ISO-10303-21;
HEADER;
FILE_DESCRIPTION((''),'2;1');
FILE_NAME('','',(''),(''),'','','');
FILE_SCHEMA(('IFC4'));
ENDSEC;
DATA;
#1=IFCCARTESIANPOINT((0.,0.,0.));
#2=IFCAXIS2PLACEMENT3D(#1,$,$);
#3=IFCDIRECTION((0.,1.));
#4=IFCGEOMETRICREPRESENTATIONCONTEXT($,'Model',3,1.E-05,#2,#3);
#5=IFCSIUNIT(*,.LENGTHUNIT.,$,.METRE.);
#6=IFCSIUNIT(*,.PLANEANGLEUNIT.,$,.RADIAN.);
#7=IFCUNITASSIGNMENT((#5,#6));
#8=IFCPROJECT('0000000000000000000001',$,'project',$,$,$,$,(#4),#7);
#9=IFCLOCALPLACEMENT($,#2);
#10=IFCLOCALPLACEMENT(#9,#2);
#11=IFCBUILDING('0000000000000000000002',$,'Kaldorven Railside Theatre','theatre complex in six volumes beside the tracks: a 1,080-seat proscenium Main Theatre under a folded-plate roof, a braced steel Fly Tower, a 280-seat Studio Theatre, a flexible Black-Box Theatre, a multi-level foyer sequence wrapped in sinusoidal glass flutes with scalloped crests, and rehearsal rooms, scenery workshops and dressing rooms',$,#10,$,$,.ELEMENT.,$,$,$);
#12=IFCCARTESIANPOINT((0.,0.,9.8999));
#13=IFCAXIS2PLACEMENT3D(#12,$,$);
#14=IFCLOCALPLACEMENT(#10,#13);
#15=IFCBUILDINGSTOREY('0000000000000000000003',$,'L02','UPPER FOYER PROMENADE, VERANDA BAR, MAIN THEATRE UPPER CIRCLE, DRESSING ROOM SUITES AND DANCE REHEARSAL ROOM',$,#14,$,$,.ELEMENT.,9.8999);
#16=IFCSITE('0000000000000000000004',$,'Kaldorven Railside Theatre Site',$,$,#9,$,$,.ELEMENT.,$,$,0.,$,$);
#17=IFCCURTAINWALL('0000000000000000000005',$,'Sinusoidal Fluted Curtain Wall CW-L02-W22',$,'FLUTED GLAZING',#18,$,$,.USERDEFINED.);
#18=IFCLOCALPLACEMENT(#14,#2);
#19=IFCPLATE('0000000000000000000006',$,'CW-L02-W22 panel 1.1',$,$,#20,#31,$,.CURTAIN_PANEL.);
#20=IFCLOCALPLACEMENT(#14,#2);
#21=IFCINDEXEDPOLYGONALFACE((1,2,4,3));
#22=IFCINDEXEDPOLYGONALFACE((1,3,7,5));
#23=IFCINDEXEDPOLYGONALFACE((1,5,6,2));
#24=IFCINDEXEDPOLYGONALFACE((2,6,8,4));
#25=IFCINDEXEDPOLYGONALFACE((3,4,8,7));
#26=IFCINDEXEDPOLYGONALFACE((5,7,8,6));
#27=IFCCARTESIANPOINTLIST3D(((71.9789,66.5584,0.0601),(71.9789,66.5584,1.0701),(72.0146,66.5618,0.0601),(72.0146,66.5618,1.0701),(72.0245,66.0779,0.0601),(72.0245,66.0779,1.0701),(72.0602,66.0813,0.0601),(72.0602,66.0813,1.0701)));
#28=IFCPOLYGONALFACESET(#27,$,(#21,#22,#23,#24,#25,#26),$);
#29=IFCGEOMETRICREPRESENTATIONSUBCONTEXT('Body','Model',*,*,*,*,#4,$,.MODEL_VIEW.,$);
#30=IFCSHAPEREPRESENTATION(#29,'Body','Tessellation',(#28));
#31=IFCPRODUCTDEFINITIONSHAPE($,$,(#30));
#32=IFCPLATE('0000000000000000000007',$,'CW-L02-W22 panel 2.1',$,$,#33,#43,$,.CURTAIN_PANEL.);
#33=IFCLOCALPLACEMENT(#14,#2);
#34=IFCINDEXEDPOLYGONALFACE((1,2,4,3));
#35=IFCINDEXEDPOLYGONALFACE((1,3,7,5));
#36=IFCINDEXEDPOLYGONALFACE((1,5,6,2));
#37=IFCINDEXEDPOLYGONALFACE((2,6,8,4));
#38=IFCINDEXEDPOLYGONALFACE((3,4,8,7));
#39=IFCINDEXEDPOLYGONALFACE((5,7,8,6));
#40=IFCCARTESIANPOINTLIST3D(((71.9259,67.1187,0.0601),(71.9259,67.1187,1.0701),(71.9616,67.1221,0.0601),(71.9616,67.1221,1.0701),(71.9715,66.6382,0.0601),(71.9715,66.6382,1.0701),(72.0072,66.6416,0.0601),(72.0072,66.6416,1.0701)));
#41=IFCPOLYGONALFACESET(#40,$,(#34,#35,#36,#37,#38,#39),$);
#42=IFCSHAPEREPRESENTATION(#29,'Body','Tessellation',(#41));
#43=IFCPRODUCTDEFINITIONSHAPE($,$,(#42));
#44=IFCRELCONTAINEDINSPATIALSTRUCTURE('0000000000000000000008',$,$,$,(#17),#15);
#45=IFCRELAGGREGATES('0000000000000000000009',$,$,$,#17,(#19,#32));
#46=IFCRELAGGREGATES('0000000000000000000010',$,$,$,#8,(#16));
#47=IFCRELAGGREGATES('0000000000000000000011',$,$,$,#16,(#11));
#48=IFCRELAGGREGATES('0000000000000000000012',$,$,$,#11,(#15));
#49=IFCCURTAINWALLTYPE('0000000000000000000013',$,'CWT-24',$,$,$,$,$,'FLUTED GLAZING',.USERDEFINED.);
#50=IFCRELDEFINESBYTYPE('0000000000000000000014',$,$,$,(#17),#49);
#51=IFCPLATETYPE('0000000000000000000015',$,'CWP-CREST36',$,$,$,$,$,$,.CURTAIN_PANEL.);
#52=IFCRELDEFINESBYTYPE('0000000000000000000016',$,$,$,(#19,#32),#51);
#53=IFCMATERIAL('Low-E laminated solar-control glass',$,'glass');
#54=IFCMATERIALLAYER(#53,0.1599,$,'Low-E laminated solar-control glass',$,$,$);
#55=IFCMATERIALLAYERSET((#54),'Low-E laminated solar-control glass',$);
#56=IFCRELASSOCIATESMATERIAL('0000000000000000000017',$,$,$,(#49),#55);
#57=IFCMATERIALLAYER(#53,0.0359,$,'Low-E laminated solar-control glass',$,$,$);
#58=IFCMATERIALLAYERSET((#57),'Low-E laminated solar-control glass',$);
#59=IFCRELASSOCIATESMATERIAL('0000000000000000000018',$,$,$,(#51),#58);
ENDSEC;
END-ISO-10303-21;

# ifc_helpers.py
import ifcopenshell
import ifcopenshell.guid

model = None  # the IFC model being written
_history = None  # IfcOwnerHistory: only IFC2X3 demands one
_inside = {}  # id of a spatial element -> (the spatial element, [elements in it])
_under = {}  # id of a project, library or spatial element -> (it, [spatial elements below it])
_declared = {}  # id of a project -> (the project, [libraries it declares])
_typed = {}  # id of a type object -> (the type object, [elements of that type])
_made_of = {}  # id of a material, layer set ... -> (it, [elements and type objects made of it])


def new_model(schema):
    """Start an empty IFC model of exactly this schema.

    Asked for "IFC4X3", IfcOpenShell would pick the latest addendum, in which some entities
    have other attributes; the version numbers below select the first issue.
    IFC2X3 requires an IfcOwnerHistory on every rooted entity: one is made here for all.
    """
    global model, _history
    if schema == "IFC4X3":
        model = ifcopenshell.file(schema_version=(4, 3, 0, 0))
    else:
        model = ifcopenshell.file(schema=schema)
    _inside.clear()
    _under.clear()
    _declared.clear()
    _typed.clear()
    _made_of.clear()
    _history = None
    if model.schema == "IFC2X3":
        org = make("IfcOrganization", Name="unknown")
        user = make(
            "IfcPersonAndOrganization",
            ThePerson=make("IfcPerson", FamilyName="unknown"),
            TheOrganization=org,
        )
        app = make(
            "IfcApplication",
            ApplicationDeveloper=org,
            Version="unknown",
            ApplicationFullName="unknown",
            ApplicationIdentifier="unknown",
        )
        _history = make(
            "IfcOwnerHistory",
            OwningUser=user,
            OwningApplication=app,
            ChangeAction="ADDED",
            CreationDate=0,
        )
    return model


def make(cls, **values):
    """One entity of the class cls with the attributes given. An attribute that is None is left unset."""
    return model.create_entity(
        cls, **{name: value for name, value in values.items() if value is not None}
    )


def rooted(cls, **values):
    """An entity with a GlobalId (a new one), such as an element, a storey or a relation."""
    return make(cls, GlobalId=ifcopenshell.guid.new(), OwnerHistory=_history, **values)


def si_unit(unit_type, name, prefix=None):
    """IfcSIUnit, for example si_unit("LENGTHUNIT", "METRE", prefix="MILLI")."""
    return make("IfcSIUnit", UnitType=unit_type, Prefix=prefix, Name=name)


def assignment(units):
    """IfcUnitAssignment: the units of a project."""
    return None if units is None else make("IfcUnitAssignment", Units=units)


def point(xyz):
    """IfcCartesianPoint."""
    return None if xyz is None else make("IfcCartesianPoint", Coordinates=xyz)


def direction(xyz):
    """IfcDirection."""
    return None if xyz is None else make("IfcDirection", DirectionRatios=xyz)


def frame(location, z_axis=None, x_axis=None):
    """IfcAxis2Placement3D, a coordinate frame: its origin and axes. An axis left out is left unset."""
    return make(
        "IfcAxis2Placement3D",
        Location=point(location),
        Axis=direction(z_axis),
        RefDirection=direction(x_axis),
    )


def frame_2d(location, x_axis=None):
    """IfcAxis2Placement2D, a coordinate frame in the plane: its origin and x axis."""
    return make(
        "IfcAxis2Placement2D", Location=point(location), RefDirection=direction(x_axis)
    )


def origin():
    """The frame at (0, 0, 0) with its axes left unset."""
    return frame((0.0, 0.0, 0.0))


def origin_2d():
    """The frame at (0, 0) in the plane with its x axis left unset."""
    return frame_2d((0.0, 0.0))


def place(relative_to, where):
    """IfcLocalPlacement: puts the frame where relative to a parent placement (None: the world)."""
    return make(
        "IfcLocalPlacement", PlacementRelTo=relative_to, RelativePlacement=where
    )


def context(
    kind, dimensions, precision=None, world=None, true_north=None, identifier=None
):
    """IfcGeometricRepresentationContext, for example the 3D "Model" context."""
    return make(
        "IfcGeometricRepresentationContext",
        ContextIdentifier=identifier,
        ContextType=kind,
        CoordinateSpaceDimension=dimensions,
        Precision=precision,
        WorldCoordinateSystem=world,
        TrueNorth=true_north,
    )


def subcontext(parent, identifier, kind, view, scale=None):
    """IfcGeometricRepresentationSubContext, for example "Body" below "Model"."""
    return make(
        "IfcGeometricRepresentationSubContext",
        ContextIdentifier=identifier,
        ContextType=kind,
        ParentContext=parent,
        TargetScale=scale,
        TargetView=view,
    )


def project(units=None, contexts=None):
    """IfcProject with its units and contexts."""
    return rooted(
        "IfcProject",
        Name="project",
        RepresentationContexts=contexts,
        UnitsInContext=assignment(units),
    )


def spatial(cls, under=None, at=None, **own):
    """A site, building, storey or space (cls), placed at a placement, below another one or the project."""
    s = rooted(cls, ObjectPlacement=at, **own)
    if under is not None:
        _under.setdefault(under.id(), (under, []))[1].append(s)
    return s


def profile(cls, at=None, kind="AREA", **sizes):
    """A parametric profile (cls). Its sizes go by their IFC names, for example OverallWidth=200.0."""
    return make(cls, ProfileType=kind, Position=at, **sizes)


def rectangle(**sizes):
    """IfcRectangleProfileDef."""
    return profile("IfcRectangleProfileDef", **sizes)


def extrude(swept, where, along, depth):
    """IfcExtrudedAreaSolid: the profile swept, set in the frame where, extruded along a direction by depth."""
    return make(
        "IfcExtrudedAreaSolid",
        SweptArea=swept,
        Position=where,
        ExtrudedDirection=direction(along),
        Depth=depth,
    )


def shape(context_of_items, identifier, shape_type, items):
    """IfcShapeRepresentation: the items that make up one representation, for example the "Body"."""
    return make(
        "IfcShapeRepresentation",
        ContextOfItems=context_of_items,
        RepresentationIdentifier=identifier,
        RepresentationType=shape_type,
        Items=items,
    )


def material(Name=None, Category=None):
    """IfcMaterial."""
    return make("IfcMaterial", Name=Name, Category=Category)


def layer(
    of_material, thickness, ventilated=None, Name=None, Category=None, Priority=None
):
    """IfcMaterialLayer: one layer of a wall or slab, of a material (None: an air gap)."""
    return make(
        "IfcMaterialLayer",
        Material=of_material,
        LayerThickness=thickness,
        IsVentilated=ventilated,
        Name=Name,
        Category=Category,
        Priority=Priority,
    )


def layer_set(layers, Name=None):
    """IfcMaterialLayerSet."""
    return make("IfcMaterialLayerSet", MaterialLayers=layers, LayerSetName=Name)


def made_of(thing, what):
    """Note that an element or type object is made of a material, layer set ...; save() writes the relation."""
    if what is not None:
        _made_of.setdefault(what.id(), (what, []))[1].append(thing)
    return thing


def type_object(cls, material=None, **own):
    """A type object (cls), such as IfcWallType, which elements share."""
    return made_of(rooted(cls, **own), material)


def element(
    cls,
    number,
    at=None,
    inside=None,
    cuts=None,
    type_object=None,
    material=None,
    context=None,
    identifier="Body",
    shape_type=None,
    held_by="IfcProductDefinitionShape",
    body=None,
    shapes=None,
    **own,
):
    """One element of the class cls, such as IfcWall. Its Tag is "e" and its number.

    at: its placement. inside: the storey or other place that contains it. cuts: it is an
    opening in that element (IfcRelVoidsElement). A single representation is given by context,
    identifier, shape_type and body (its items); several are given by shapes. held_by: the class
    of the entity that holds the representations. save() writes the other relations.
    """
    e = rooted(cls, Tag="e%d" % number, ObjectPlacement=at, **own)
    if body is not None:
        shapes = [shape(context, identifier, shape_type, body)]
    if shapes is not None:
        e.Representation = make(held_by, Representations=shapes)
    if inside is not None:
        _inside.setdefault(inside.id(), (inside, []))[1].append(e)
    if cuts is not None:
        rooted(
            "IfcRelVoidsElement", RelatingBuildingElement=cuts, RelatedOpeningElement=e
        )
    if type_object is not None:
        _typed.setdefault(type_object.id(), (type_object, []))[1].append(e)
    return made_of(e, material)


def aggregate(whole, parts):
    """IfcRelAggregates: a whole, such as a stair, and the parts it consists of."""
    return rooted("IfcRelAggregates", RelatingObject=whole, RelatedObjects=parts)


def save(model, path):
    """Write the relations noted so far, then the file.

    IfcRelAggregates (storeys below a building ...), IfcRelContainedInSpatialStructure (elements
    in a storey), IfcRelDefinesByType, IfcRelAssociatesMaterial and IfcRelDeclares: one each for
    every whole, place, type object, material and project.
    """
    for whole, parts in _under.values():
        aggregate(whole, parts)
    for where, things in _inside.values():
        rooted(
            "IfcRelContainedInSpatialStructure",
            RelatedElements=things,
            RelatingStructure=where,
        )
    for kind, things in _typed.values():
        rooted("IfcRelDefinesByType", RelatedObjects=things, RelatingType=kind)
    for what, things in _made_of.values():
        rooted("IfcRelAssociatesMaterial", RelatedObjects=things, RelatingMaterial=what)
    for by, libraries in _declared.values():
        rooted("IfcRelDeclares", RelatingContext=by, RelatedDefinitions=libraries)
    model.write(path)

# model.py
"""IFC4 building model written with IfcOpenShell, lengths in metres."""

from ifc_helpers import new_model, si_unit, direction, frame, origin, origin_2d, place, context, subcontext, project, spatial, rectangle, extrude, material, layer, layer_set, type_object, element, aggregate, save


model = new_model("IFC4")

# Units and contexts
model_context = context("Model", 3, precision=1e-05, world=origin(), true_north=direction((0.0, 1.0)))
body_context = subcontext(model_context, "Body", "Model", "MODEL_VIEW")
ifc_project = project(units=[si_unit("LENGTHUNIT", "METRE"), si_unit("PLANEANGLEUNIT", "RADIAN")], contexts=[model_context])

# Site, building, storey
site_placement = place(None, origin())
site = spatial("IfcSite", under=ifc_project, at=site_placement, Name="Kaldorven Railside Theatre Site", CompositionType="ELEMENT", RefElevation=0.0)
building_placement = place(site_placement, origin())
building = spatial("IfcBuilding", under=site, at=building_placement, Name="Kaldorven Railside Theatre", Description="theatre complex in six volumes beside the tracks: a 1,080-seat proscenium Main Theatre under a folded-plate roof, a braced steel Fly Tower, a 280-seat Studio Theatre, a flexible Black-Box Theatre, a multi-level foyer sequence wrapped in sinusoidal glass flutes with scalloped crests, and rehearsal rooms, scenery workshops and dressing rooms", CompositionType="ELEMENT")
storey_placement = place(building_placement, frame((0.0, 0.0, 9.8999)))
storey = spatial("IfcBuildingStorey", under=building, at=storey_placement, Name="L02", Description="UPPER FOYER PROMENADE, VERANDA BAR, MAIN THEATRE UPPER CIRCLE, DRESSING ROOM SUITES AND DANCE REHEARSAL ROOM", CompositionType="ELEMENT", Elevation=9.8999)

# Shared definitions
ifc_material_1 = material(Name="Low-E laminated solar-control glass", Category="glass")

# Curtain wall
ifc_layer_1 = layer(ifc_material_1, 0.1599, Name="Low-E laminated solar-control glass")
ifc_layer_set_1 = layer_set([ifc_layer_1], Name="Low-E laminated solar-control glass")
curtain_wall_type_1 = type_object("IfcCurtainWallType", Name="CWT-24", ElementType="FLUTED GLAZING", PredefinedType="USERDEFINED", material=ifc_layer_set_1)
curtain_wall_1_placement = place(storey_placement, origin())
curtain_wall_1 = element("IfcCurtainWall", 1, at=curtain_wall_1_placement, inside=storey, type_object=curtain_wall_type_1, Name="Sinusoidal Fluted Curtain Wall CW-L02-W22", ObjectType="FLUTED GLAZING", PredefinedType="USERDEFINED")

# Plates
ifc_layer_2 = layer(ifc_material_1, 0.0359, Name="Low-E laminated solar-control glass")
ifc_layer_set_2 = layer_set([ifc_layer_2], Name="Low-E laminated solar-control glass")
plate_type = type_object("IfcPlateType", Name="CWP-CREST36", PredefinedType="CURTAIN_PANEL", material=ifc_layer_set_2)
plate_1_placement = place(storey_placement, frame((72.0195, 66.3198, 0.0601), z_axis=(0.0, 0.0, 1.0), x_axis=(-0.094492, 0.995526, 0.0)))
plate_1 = element("IfcPlate", 2, at=plate_1_placement, type_object=plate_type, Name="CW-L02-W22 panel 1.1", PredefinedType="CURTAIN_PANEL", context=body_context, shape_type="SweptSolid", body=[
    extrude(rectangle(XDim=0.4827, YDim=0.0359, at=origin_2d()), origin(), (0.0, 0.0, 1.0), 1.01),
])
plate_2_placement = place(storey_placement, frame((71.9666, 66.8801, 0.0601), z_axis=(0.0, 0.0, 1.0), x_axis=(-0.094492, 0.995526, 0.0)))
plate_2 = element("IfcPlate", 3, at=plate_2_placement, type_object=plate_type, Name="CW-L02-W22 panel 2.1", PredefinedType="CURTAIN_PANEL", context=body_context, shape_type="SweptSolid", body=[
    extrude(rectangle(XDim=0.4827, YDim=0.0359, at=origin_2d()), origin(), (0.0, 0.0, 1.0), 1.01),
])
aggregate(curtain_wall_1, [plate_1, plate_2])

save(model, "model.ifc")
